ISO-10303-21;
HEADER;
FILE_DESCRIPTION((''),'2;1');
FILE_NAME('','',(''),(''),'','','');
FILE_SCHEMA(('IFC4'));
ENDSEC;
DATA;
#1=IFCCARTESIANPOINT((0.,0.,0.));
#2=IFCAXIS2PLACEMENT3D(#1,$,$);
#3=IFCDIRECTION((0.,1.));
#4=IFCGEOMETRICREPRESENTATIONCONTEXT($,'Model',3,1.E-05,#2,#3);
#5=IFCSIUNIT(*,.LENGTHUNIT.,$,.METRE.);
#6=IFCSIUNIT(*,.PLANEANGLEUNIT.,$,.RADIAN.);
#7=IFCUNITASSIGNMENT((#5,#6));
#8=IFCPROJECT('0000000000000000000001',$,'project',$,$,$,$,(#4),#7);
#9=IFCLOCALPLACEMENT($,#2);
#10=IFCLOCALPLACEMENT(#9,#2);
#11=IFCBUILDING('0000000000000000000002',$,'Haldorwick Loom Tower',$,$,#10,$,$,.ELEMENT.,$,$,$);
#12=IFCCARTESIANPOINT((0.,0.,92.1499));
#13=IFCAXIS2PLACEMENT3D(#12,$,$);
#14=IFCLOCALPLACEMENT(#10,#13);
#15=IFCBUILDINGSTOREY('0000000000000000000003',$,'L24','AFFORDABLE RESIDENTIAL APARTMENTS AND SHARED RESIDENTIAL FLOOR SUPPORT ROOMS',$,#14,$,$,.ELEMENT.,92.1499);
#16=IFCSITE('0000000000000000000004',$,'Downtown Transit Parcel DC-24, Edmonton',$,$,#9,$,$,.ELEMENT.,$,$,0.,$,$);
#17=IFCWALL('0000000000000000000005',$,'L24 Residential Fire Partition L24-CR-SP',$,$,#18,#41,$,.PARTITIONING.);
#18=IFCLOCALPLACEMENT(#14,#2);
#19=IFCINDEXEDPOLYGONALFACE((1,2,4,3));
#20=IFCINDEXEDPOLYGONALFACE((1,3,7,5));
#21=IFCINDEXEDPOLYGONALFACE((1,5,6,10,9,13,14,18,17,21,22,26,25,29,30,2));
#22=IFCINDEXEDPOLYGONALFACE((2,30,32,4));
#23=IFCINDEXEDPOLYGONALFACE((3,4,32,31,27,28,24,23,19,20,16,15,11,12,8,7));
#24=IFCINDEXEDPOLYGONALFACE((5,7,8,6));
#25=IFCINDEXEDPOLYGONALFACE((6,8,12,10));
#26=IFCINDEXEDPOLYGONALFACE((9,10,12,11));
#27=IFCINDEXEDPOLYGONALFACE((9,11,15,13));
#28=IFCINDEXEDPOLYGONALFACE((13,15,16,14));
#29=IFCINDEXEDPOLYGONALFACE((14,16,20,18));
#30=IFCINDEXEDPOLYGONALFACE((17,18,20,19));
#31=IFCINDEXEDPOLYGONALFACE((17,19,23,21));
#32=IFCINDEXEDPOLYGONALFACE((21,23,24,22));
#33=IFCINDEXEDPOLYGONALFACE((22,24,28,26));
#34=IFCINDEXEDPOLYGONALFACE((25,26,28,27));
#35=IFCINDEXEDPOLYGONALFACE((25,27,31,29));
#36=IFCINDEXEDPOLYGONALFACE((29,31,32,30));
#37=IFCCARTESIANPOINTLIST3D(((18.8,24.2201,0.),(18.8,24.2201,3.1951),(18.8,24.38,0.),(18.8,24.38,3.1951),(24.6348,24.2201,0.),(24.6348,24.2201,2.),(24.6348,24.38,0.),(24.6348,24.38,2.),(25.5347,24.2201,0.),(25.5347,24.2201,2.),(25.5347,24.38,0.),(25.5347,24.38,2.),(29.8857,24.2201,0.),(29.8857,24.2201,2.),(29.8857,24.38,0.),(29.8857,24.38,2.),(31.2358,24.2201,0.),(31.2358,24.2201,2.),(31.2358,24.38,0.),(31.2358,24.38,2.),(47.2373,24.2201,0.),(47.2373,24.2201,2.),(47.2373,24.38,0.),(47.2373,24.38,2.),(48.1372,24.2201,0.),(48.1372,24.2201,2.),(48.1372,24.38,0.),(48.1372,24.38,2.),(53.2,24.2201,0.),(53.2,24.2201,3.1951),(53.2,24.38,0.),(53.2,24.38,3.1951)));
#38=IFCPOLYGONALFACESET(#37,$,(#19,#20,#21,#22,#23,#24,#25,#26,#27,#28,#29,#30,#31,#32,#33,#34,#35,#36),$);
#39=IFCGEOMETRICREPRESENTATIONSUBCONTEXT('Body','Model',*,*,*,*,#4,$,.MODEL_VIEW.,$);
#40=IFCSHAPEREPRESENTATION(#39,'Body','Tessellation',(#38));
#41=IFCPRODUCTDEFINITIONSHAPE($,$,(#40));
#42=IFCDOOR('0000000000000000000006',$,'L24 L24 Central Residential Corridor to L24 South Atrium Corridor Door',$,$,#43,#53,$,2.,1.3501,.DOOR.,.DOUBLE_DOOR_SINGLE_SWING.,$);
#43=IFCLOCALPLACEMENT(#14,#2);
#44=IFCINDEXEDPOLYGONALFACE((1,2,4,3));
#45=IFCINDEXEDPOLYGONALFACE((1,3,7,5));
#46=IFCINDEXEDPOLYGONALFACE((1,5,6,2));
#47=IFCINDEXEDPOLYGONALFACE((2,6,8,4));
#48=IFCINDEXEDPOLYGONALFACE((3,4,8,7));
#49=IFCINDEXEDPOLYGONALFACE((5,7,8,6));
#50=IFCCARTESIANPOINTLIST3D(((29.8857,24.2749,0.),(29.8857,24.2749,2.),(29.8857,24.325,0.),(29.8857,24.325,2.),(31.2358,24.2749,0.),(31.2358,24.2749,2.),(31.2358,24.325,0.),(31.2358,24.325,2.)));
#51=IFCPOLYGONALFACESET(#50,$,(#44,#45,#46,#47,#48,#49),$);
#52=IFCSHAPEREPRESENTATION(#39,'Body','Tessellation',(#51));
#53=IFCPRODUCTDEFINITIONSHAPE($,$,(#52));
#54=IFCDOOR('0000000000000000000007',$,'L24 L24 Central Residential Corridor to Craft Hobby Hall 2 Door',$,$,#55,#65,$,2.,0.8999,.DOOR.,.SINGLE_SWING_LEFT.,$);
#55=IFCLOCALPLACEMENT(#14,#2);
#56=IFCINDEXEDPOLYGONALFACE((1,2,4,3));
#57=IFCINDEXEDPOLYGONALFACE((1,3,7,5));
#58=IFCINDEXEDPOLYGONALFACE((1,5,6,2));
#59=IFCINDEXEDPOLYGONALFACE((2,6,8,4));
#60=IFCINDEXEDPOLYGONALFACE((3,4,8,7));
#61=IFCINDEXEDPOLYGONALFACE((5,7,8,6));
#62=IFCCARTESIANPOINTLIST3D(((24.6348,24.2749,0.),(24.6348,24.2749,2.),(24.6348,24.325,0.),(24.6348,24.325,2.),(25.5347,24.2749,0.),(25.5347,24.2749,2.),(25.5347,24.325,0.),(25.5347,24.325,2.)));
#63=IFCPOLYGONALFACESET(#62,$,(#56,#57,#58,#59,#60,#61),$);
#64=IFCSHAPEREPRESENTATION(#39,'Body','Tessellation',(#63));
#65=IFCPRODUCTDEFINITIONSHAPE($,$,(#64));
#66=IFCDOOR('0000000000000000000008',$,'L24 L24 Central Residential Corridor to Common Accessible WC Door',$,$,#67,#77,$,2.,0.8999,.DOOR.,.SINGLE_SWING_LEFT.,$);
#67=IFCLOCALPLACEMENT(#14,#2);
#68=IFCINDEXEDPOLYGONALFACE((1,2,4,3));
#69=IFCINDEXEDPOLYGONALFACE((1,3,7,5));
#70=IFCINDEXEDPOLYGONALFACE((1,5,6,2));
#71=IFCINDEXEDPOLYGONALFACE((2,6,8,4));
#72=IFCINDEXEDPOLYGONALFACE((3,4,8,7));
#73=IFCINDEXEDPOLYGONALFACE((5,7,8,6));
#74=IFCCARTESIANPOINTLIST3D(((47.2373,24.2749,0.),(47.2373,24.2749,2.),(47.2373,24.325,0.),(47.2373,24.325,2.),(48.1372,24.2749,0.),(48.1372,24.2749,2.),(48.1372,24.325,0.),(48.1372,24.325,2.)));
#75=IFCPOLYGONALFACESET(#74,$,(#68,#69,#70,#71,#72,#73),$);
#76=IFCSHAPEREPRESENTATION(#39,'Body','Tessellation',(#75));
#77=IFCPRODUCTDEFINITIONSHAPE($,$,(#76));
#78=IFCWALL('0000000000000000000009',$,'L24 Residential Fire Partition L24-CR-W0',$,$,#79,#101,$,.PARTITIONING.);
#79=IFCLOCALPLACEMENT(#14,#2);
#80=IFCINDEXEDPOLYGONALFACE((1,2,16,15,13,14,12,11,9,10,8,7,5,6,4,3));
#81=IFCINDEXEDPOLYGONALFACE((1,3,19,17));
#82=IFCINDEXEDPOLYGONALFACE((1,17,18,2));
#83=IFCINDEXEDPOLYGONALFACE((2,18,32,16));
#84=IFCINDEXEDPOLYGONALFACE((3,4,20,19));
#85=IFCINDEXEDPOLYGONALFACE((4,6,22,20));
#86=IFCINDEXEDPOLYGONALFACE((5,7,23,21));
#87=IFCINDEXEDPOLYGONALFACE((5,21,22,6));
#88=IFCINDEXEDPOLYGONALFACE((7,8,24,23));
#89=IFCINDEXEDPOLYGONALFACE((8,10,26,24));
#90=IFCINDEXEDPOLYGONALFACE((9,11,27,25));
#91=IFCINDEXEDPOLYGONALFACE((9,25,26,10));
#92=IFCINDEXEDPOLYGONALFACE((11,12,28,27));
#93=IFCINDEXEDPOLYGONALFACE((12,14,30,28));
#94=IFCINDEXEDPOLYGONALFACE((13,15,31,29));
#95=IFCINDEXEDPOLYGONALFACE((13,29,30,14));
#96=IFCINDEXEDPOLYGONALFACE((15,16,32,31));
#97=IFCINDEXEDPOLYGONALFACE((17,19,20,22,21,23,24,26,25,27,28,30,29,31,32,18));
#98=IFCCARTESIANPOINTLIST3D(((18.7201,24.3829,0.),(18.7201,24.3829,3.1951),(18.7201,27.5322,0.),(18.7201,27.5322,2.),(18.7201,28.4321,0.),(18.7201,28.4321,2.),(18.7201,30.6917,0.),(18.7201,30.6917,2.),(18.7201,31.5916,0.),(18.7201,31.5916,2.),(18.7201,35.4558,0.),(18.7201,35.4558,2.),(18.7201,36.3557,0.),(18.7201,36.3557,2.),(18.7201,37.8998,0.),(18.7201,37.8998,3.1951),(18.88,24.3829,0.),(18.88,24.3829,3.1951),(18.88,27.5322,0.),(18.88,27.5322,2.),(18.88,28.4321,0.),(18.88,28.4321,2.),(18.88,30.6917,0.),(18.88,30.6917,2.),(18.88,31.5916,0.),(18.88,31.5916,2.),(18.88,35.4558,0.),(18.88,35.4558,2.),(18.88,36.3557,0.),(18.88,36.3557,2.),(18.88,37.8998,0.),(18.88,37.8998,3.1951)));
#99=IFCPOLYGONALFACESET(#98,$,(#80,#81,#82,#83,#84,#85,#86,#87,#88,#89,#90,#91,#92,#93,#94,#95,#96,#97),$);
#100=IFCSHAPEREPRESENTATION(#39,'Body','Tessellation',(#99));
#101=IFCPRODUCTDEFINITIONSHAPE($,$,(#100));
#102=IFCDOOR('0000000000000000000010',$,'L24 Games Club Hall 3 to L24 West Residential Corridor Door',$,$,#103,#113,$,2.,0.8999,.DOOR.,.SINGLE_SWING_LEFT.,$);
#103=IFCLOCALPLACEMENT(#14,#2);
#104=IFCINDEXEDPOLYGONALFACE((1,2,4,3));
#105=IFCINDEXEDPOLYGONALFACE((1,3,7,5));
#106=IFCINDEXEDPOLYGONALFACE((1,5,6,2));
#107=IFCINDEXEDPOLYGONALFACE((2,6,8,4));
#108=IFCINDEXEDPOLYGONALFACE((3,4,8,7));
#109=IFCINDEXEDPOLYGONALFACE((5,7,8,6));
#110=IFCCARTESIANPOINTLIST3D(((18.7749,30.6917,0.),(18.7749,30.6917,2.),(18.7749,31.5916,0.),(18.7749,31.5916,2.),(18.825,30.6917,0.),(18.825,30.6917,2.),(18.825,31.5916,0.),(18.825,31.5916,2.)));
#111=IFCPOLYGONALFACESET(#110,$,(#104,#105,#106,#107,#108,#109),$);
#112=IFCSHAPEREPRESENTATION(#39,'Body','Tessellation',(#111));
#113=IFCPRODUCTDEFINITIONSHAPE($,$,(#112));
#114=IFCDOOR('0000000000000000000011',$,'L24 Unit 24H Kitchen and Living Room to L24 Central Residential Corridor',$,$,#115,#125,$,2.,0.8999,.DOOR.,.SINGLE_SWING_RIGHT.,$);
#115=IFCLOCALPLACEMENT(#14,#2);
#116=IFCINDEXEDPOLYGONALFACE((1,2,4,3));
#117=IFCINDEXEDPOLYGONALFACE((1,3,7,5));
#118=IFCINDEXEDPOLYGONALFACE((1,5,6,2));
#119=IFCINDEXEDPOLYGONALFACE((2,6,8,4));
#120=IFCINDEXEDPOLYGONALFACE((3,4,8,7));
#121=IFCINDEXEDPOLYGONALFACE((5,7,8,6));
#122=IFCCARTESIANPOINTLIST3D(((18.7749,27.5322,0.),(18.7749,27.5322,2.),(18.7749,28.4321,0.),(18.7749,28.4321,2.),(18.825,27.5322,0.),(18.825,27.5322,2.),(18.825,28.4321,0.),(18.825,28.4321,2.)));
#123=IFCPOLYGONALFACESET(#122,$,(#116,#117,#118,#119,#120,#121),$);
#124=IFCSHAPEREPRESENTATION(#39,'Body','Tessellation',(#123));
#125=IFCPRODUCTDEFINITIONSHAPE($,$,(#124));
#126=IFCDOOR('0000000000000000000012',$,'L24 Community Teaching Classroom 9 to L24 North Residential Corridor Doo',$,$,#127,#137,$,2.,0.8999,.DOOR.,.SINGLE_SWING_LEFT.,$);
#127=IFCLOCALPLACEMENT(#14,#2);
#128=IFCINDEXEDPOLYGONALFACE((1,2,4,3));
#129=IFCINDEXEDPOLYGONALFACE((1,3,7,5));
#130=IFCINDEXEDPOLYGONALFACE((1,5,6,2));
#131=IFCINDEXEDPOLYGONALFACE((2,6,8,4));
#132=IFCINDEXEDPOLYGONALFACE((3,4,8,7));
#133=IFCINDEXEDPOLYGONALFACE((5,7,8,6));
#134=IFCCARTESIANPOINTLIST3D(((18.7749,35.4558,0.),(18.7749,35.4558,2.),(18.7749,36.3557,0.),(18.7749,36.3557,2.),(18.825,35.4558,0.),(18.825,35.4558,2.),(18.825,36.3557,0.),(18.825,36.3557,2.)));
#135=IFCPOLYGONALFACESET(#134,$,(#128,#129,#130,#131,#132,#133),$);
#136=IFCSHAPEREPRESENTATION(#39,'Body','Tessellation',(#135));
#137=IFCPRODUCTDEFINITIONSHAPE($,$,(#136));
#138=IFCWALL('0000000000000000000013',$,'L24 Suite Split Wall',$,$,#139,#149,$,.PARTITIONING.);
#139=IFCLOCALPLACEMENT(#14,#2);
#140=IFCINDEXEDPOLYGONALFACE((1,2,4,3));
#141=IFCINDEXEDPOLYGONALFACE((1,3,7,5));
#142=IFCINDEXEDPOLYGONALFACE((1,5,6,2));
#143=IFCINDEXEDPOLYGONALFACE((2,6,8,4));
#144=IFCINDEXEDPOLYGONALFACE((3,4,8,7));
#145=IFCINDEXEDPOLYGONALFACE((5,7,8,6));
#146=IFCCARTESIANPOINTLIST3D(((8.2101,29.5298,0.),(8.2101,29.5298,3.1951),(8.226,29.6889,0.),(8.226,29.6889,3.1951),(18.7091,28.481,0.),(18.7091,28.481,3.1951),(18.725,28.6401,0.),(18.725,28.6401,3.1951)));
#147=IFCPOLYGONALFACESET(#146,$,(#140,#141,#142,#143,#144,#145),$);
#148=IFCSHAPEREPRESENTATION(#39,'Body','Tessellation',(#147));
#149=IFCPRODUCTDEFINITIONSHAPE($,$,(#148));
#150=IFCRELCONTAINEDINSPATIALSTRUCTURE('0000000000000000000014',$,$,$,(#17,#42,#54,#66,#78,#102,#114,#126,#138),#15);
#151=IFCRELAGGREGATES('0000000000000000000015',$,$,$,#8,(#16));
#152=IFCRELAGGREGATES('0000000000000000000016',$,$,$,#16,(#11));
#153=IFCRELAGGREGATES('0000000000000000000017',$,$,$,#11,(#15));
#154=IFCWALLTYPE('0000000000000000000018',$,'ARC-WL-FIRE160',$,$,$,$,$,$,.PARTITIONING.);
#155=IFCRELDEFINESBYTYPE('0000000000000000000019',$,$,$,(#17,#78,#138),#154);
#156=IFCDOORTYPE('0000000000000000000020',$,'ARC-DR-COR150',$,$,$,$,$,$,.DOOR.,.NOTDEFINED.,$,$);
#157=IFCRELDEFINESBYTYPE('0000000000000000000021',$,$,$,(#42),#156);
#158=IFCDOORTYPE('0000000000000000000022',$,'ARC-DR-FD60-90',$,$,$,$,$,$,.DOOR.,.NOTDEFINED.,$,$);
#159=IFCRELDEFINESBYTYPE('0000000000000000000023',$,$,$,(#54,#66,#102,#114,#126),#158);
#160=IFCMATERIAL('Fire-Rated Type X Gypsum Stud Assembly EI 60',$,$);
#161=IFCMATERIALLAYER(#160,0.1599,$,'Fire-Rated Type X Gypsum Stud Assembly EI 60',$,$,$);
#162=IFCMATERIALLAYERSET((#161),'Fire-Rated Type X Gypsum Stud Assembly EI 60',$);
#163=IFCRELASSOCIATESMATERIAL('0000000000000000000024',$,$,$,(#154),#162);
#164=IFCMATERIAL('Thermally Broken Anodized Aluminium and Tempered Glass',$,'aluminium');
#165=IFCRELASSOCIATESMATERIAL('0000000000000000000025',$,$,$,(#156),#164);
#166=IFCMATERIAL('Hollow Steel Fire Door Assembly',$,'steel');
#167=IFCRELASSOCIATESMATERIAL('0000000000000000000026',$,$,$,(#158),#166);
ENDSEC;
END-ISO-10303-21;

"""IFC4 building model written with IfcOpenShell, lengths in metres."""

from ifc_helpers import new_model, si_unit, direction, frame, frame_2d, origin, place, context, subcontext, project, spatial, rectangle, extrude, material, layer, layer_set, type_object, element, fill, save


model = new_model("IFC4")

# Units and contexts
model_context = context("Model", 3, precision=1e-05, world=origin(), true_north=direction((0.0, 1.0)))
body_context = subcontext(model_context, "Body", "Model", "MODEL_VIEW")
ifc_project = project(units=[si_unit("LENGTHUNIT", "METRE"), si_unit("PLANEANGLEUNIT", "RADIAN")], contexts=[model_context])

# Site, building, storey
site_placement = place(None, origin())
site = spatial("IfcSite", under=ifc_project, at=site_placement, Name="Downtown Transit Parcel DC-24, Edmonton", CompositionType="ELEMENT", RefElevation=0.0)
building_placement = place(site_placement, origin())
building = spatial("IfcBuilding", under=site, at=building_placement, Name="Haldorwick Loom Tower", CompositionType="ELEMENT")
storey_placement = place(building_placement, frame((0.0, 0.0, 92.1499)))
storey = spatial("IfcBuildingStorey", under=building, at=storey_placement, Name="L24", Description="AFFORDABLE RESIDENTIAL APARTMENTS AND SHARED RESIDENTIAL FLOOR SUPPORT ROOMS", CompositionType="ELEMENT", Elevation=92.1499)

# Walls, openings, doors
ifc_material_1 = material(Name="Fire-Rated Type X Gypsum Stud Assembly EI 60")
ifc_layer_1 = layer(ifc_material_1, 0.1599, Name="Fire-Rated Type X Gypsum Stud Assembly EI 60")
ifc_layer_set_1 = layer_set([ifc_layer_1], Name="Fire-Rated Type X Gypsum Stud Assembly EI 60")
wall_type_1 = type_object("IfcWallType", Name="ARC-WL-FIRE160", PredefinedType="PARTITIONING", material=ifc_layer_set_1)
wall_1_placement = place(storey_placement, frame((18.8, 24.3, 0.0), z_axis=(0.0, 0.0, 1.0), x_axis=(1.0, 0.0, 0.0)))
wall_1 = element("IfcWall", 1, at=wall_1_placement, inside=storey, type_object=wall_type_1, Name="L24 Residential Fire Partition L24-CR-SP", PredefinedType="PARTITIONING", context=body_context, shape_type="SweptSolid", body=[
    extrude(rectangle(XDim=34.3999, YDim=0.1599, at=frame_2d((17.2, 0.0))), origin(), (0.0, 0.0, 1.0), 3.1951),
])
opening_1_placement = place(wall_1_placement, frame((11.0857, 0.0, 0.0)))
opening_1 = element("IfcOpeningElement", 2, at=opening_1_placement, cuts=wall_1, PredefinedType="OPENING", context=body_context, shape_type="SweptSolid", body=[
    extrude(rectangle(XDim=1.3501, YDim=2.0, at=frame_2d((0.675, 1.0))), frame((0.0, 0.0898, 0.0), z_axis=(0.0, -1.0, 0.0), x_axis=(1.0, 0.0, 0.0)), (0.0, 0.0, 1.0), 0.1799),
])
opening_2_placement = place(wall_1_placement, frame((5.8347, 0.0, 0.0)))
opening_2 = element("IfcOpeningElement", 3, at=opening_2_placement, cuts=wall_1, PredefinedType="OPENING", context=body_context, shape_type="SweptSolid", body=[
    extrude(rectangle(XDim=0.8999, YDim=2.0, at=frame_2d((0.45, 1.0))), frame((0.0, 0.0898, 0.0), z_axis=(0.0, -1.0, 0.0), x_axis=(1.0, 0.0, 0.0)), (0.0, 0.0, 1.0), 0.1799),
])
opening_3_placement = place(wall_1_placement, frame((28.4373, 0.0, 0.0)))
opening_3 = element("IfcOpeningElement", 4, at=opening_3_placement, cuts=wall_1, PredefinedType="OPENING", context=body_context, shape_type="SweptSolid", body=[
    extrude(rectangle(XDim=0.8999, YDim=2.0, at=frame_2d((0.45, 1.0))), frame((0.0, 0.0898, 0.0), z_axis=(0.0, -1.0, 0.0), x_axis=(1.0, 0.0, 0.0)), (0.0, 0.0, 1.0), 0.1799),
])
ifc_material_2 = material(Name="Thermally Broken Anodized Aluminium and Tempered Glass", Category="aluminium")
door_type_1 = type_object("IfcDoorType", Name="ARC-DR-COR150", OperationType="NOTDEFINED", PredefinedType="DOOR", material=ifc_material_2)
door_1_placement = place(opening_1_placement, origin())
door_1 = element("IfcDoor", 5, at=door_1_placement, inside=storey, type_object=door_type_1, Name="L24 L24 Central Residential Corridor to L24 South Atrium Corridor Door", OperationType="DOUBLE_DOOR_SINGLE_SWING", OverallHeight=2.0, OverallWidth=1.3501, PredefinedType="DOOR", context=body_context, shape_type="SweptSolid", body=[
    extrude(rectangle(XDim=1.3501, YDim=2.0, at=frame_2d((0.675, 1.0))), frame((0.0, 0.0249, 0.0), z_axis=(0.0, -1.0, 0.0), x_axis=(1.0, 0.0, 0.0)), (0.0, 0.0, 1.0), 0.05),
])
fill(opening_1, door_1)
ifc_material_3 = material(Name="Hollow Steel Fire Door Assembly", Category="steel")
door_type_2 = type_object("IfcDoorType", Name="ARC-DR-FD60-90", OperationType="NOTDEFINED", PredefinedType="DOOR", material=ifc_material_3)
door_2_placement = place(opening_2_placement, origin())
door_2 = element("IfcDoor", 6, at=door_2_placement, inside=storey, type_object=door_type_2, Name="L24 L24 Central Residential Corridor to Craft Hobby Hall 2 Door", OperationType="SINGLE_SWING_LEFT", OverallHeight=2.0, OverallWidth=0.8999, PredefinedType="DOOR", context=body_context, shape_type="SweptSolid", body=[
    extrude(rectangle(XDim=0.8999, YDim=2.0, at=frame_2d((0.45, 1.0))), frame((0.0, 0.0249, 0.0), z_axis=(0.0, -1.0, 0.0), x_axis=(1.0, 0.0, 0.0)), (0.0, 0.0, 1.0), 0.05),
])
fill(opening_2, door_2)
door_3_placement = place(opening_3_placement, origin())
door_3 = element("IfcDoor", 7, at=door_3_placement, inside=storey, type_object=door_type_2, Name="L24 L24 Central Residential Corridor to Common Accessible WC Door", OperationType="SINGLE_SWING_LEFT", OverallHeight=2.0, OverallWidth=0.8999, PredefinedType="DOOR", context=body_context, shape_type="SweptSolid", body=[
    extrude(rectangle(XDim=0.8999, YDim=2.0, at=frame_2d((0.45, 1.0))), frame((0.0, 0.0249, 0.0), z_axis=(0.0, -1.0, 0.0), x_axis=(1.0, 0.0, 0.0)), (0.0, 0.0, 1.0), 0.05),
])
fill(opening_3, door_3)
wall_2_placement = place(storey_placement, frame((18.8, 24.3831, 0.0), z_axis=(0.0, 0.0, 1.0), x_axis=(0.0, 1.0, 0.0)))
wall_2 = element("IfcWall", 8, at=wall_2_placement, inside=storey, type_object=wall_type_1, Name="L24 Residential Fire Partition L24-CR-W0", PredefinedType="PARTITIONING", context=body_context, shape_type="SweptSolid", body=[
    extrude(rectangle(XDim=13.5168, YDim=0.1599, at=frame_2d((6.7583, 0.0))), origin(), (0.0, 0.0, 1.0), 3.1951),
])
opening_4_placement = place(wall_2_placement, frame((6.3086, 0.0, 0.0)))
opening_4 = element("IfcOpeningElement", 9, at=opening_4_placement, cuts=wall_2, PredefinedType="OPENING", context=body_context, shape_type="SweptSolid", body=[
    extrude(rectangle(XDim=0.8999, YDim=2.0, at=frame_2d((0.45, 1.0))), frame((0.0, 0.0898, 0.0), z_axis=(0.0, -1.0, 0.0), x_axis=(1.0, 0.0, 0.0)), (0.0, 0.0, 1.0), 0.1799),
])
opening_5_placement = place(wall_2_placement, frame((3.1492, 0.0, 0.0)))
opening_5 = element("IfcOpeningElement", 10, at=opening_5_placement, cuts=wall_2, PredefinedType="OPENING", context=body_context, shape_type="SweptSolid", body=[
    extrude(rectangle(XDim=0.8999, YDim=2.0, at=frame_2d((0.45, 1.0))), frame((0.0, 0.0898, 0.0), z_axis=(0.0, -1.0, 0.0), x_axis=(1.0, 0.0, 0.0)), (0.0, 0.0, 1.0), 0.1799),
])
opening_6_placement = place(wall_2_placement, frame((11.0728, 0.0, 0.0)))
opening_6 = element("IfcOpeningElement", 11, at=opening_6_placement, cuts=wall_2, PredefinedType="OPENING", context=body_context, shape_type="SweptSolid", body=[
    extrude(rectangle(XDim=0.8999, YDim=2.0, at=frame_2d((0.45, 1.0))), frame((0.0, 0.0898, 0.0), z_axis=(0.0, -1.0, 0.0), x_axis=(1.0, 0.0, 0.0)), (0.0, 0.0, 1.0), 0.1799),
])
door_4_placement = place(opening_4_placement, frame((0.8999, 0.0, 0.0), z_axis=(0.0, 0.0, 1.0), x_axis=(-1.0, 0.0, 0.0)))
door_4 = element("IfcDoor", 12, at=door_4_placement, inside=storey, type_object=door_type_2, Name="L24 Games Club Hall 3 to L24 West Residential Corridor Door", OperationType="SINGLE_SWING_LEFT", OverallHeight=2.0, OverallWidth=0.8999, PredefinedType="DOOR", context=body_context, shape_type="SweptSolid", body=[
    extrude(rectangle(XDim=0.8999, YDim=2.0, at=frame_2d((0.45, 1.0))), frame((0.0, 0.0249, 0.0), z_axis=(0.0, -1.0, 0.0), x_axis=(1.0, 0.0, 0.0)), (0.0, 0.0, 1.0), 0.05),
])
fill(opening_4, door_4)
door_5_placement = place(opening_5_placement, frame((0.8999, 0.0, 0.0), z_axis=(0.0, 0.0, 1.0), x_axis=(-1.0, 0.0, 0.0)))
door_5 = element("IfcDoor", 13, at=door_5_placement, inside=storey, type_object=door_type_2, Name="L24 Unit 24H Kitchen and Living Room to L24 Central Residential Corridor", OperationType="SINGLE_SWING_RIGHT", OverallHeight=2.0, OverallWidth=0.8999, PredefinedType="DOOR", context=body_context, shape_type="SweptSolid", body=[
    extrude(rectangle(XDim=0.8999, YDim=2.0, at=frame_2d((0.45, 1.0))), frame((0.0, 0.0249, 0.0), z_axis=(0.0, -1.0, 0.0), x_axis=(1.0, 0.0, 0.0)), (0.0, 0.0, 1.0), 0.05),
])
fill(opening_5, door_5)
door_6_placement = place(opening_6_placement, frame((0.8999, 0.0, 0.0), z_axis=(0.0, 0.0, 1.0), x_axis=(-1.0, 0.0, 0.0)))
door_6 = element("IfcDoor", 14, at=door_6_placement, inside=storey, type_object=door_type_2, Name="L24 Community Teaching Classroom 9 to L24 North Residential Corridor Doo", OperationType="SINGLE_SWING_LEFT", OverallHeight=2.0, OverallWidth=0.8999, PredefinedType="DOOR", context=body_context, shape_type="SweptSolid", body=[
    extrude(rectangle(XDim=0.8999, YDim=2.0, at=frame_2d((0.45, 1.0))), frame((0.0, 0.0249, 0.0), z_axis=(0.0, -1.0, 0.0), x_axis=(1.0, 0.0, 0.0)), (0.0, 0.0, 1.0), 0.05),
])
fill(opening_6, door_6)

# Wall
wall_3_placement = place(storey_placement, frame((18.717, 28.5605, 0.0), z_axis=(0.0, 0.0, 1.0), x_axis=(-0.995047, 0.099403, 0.0)))
element("IfcWall", 15, at=wall_3_placement, inside=storey, type_object=wall_type_1, Name="L24 Suite Split Wall", PredefinedType="PARTITIONING", context=body_context, shape_type="SweptSolid", body=[
    extrude(rectangle(XDim=10.5513, YDim=0.1599, at=frame_2d((5.2756, 0.0))), origin(), (0.0, 0.0, 1.0), 3.1951),
])

save(model, "model.ifc")
